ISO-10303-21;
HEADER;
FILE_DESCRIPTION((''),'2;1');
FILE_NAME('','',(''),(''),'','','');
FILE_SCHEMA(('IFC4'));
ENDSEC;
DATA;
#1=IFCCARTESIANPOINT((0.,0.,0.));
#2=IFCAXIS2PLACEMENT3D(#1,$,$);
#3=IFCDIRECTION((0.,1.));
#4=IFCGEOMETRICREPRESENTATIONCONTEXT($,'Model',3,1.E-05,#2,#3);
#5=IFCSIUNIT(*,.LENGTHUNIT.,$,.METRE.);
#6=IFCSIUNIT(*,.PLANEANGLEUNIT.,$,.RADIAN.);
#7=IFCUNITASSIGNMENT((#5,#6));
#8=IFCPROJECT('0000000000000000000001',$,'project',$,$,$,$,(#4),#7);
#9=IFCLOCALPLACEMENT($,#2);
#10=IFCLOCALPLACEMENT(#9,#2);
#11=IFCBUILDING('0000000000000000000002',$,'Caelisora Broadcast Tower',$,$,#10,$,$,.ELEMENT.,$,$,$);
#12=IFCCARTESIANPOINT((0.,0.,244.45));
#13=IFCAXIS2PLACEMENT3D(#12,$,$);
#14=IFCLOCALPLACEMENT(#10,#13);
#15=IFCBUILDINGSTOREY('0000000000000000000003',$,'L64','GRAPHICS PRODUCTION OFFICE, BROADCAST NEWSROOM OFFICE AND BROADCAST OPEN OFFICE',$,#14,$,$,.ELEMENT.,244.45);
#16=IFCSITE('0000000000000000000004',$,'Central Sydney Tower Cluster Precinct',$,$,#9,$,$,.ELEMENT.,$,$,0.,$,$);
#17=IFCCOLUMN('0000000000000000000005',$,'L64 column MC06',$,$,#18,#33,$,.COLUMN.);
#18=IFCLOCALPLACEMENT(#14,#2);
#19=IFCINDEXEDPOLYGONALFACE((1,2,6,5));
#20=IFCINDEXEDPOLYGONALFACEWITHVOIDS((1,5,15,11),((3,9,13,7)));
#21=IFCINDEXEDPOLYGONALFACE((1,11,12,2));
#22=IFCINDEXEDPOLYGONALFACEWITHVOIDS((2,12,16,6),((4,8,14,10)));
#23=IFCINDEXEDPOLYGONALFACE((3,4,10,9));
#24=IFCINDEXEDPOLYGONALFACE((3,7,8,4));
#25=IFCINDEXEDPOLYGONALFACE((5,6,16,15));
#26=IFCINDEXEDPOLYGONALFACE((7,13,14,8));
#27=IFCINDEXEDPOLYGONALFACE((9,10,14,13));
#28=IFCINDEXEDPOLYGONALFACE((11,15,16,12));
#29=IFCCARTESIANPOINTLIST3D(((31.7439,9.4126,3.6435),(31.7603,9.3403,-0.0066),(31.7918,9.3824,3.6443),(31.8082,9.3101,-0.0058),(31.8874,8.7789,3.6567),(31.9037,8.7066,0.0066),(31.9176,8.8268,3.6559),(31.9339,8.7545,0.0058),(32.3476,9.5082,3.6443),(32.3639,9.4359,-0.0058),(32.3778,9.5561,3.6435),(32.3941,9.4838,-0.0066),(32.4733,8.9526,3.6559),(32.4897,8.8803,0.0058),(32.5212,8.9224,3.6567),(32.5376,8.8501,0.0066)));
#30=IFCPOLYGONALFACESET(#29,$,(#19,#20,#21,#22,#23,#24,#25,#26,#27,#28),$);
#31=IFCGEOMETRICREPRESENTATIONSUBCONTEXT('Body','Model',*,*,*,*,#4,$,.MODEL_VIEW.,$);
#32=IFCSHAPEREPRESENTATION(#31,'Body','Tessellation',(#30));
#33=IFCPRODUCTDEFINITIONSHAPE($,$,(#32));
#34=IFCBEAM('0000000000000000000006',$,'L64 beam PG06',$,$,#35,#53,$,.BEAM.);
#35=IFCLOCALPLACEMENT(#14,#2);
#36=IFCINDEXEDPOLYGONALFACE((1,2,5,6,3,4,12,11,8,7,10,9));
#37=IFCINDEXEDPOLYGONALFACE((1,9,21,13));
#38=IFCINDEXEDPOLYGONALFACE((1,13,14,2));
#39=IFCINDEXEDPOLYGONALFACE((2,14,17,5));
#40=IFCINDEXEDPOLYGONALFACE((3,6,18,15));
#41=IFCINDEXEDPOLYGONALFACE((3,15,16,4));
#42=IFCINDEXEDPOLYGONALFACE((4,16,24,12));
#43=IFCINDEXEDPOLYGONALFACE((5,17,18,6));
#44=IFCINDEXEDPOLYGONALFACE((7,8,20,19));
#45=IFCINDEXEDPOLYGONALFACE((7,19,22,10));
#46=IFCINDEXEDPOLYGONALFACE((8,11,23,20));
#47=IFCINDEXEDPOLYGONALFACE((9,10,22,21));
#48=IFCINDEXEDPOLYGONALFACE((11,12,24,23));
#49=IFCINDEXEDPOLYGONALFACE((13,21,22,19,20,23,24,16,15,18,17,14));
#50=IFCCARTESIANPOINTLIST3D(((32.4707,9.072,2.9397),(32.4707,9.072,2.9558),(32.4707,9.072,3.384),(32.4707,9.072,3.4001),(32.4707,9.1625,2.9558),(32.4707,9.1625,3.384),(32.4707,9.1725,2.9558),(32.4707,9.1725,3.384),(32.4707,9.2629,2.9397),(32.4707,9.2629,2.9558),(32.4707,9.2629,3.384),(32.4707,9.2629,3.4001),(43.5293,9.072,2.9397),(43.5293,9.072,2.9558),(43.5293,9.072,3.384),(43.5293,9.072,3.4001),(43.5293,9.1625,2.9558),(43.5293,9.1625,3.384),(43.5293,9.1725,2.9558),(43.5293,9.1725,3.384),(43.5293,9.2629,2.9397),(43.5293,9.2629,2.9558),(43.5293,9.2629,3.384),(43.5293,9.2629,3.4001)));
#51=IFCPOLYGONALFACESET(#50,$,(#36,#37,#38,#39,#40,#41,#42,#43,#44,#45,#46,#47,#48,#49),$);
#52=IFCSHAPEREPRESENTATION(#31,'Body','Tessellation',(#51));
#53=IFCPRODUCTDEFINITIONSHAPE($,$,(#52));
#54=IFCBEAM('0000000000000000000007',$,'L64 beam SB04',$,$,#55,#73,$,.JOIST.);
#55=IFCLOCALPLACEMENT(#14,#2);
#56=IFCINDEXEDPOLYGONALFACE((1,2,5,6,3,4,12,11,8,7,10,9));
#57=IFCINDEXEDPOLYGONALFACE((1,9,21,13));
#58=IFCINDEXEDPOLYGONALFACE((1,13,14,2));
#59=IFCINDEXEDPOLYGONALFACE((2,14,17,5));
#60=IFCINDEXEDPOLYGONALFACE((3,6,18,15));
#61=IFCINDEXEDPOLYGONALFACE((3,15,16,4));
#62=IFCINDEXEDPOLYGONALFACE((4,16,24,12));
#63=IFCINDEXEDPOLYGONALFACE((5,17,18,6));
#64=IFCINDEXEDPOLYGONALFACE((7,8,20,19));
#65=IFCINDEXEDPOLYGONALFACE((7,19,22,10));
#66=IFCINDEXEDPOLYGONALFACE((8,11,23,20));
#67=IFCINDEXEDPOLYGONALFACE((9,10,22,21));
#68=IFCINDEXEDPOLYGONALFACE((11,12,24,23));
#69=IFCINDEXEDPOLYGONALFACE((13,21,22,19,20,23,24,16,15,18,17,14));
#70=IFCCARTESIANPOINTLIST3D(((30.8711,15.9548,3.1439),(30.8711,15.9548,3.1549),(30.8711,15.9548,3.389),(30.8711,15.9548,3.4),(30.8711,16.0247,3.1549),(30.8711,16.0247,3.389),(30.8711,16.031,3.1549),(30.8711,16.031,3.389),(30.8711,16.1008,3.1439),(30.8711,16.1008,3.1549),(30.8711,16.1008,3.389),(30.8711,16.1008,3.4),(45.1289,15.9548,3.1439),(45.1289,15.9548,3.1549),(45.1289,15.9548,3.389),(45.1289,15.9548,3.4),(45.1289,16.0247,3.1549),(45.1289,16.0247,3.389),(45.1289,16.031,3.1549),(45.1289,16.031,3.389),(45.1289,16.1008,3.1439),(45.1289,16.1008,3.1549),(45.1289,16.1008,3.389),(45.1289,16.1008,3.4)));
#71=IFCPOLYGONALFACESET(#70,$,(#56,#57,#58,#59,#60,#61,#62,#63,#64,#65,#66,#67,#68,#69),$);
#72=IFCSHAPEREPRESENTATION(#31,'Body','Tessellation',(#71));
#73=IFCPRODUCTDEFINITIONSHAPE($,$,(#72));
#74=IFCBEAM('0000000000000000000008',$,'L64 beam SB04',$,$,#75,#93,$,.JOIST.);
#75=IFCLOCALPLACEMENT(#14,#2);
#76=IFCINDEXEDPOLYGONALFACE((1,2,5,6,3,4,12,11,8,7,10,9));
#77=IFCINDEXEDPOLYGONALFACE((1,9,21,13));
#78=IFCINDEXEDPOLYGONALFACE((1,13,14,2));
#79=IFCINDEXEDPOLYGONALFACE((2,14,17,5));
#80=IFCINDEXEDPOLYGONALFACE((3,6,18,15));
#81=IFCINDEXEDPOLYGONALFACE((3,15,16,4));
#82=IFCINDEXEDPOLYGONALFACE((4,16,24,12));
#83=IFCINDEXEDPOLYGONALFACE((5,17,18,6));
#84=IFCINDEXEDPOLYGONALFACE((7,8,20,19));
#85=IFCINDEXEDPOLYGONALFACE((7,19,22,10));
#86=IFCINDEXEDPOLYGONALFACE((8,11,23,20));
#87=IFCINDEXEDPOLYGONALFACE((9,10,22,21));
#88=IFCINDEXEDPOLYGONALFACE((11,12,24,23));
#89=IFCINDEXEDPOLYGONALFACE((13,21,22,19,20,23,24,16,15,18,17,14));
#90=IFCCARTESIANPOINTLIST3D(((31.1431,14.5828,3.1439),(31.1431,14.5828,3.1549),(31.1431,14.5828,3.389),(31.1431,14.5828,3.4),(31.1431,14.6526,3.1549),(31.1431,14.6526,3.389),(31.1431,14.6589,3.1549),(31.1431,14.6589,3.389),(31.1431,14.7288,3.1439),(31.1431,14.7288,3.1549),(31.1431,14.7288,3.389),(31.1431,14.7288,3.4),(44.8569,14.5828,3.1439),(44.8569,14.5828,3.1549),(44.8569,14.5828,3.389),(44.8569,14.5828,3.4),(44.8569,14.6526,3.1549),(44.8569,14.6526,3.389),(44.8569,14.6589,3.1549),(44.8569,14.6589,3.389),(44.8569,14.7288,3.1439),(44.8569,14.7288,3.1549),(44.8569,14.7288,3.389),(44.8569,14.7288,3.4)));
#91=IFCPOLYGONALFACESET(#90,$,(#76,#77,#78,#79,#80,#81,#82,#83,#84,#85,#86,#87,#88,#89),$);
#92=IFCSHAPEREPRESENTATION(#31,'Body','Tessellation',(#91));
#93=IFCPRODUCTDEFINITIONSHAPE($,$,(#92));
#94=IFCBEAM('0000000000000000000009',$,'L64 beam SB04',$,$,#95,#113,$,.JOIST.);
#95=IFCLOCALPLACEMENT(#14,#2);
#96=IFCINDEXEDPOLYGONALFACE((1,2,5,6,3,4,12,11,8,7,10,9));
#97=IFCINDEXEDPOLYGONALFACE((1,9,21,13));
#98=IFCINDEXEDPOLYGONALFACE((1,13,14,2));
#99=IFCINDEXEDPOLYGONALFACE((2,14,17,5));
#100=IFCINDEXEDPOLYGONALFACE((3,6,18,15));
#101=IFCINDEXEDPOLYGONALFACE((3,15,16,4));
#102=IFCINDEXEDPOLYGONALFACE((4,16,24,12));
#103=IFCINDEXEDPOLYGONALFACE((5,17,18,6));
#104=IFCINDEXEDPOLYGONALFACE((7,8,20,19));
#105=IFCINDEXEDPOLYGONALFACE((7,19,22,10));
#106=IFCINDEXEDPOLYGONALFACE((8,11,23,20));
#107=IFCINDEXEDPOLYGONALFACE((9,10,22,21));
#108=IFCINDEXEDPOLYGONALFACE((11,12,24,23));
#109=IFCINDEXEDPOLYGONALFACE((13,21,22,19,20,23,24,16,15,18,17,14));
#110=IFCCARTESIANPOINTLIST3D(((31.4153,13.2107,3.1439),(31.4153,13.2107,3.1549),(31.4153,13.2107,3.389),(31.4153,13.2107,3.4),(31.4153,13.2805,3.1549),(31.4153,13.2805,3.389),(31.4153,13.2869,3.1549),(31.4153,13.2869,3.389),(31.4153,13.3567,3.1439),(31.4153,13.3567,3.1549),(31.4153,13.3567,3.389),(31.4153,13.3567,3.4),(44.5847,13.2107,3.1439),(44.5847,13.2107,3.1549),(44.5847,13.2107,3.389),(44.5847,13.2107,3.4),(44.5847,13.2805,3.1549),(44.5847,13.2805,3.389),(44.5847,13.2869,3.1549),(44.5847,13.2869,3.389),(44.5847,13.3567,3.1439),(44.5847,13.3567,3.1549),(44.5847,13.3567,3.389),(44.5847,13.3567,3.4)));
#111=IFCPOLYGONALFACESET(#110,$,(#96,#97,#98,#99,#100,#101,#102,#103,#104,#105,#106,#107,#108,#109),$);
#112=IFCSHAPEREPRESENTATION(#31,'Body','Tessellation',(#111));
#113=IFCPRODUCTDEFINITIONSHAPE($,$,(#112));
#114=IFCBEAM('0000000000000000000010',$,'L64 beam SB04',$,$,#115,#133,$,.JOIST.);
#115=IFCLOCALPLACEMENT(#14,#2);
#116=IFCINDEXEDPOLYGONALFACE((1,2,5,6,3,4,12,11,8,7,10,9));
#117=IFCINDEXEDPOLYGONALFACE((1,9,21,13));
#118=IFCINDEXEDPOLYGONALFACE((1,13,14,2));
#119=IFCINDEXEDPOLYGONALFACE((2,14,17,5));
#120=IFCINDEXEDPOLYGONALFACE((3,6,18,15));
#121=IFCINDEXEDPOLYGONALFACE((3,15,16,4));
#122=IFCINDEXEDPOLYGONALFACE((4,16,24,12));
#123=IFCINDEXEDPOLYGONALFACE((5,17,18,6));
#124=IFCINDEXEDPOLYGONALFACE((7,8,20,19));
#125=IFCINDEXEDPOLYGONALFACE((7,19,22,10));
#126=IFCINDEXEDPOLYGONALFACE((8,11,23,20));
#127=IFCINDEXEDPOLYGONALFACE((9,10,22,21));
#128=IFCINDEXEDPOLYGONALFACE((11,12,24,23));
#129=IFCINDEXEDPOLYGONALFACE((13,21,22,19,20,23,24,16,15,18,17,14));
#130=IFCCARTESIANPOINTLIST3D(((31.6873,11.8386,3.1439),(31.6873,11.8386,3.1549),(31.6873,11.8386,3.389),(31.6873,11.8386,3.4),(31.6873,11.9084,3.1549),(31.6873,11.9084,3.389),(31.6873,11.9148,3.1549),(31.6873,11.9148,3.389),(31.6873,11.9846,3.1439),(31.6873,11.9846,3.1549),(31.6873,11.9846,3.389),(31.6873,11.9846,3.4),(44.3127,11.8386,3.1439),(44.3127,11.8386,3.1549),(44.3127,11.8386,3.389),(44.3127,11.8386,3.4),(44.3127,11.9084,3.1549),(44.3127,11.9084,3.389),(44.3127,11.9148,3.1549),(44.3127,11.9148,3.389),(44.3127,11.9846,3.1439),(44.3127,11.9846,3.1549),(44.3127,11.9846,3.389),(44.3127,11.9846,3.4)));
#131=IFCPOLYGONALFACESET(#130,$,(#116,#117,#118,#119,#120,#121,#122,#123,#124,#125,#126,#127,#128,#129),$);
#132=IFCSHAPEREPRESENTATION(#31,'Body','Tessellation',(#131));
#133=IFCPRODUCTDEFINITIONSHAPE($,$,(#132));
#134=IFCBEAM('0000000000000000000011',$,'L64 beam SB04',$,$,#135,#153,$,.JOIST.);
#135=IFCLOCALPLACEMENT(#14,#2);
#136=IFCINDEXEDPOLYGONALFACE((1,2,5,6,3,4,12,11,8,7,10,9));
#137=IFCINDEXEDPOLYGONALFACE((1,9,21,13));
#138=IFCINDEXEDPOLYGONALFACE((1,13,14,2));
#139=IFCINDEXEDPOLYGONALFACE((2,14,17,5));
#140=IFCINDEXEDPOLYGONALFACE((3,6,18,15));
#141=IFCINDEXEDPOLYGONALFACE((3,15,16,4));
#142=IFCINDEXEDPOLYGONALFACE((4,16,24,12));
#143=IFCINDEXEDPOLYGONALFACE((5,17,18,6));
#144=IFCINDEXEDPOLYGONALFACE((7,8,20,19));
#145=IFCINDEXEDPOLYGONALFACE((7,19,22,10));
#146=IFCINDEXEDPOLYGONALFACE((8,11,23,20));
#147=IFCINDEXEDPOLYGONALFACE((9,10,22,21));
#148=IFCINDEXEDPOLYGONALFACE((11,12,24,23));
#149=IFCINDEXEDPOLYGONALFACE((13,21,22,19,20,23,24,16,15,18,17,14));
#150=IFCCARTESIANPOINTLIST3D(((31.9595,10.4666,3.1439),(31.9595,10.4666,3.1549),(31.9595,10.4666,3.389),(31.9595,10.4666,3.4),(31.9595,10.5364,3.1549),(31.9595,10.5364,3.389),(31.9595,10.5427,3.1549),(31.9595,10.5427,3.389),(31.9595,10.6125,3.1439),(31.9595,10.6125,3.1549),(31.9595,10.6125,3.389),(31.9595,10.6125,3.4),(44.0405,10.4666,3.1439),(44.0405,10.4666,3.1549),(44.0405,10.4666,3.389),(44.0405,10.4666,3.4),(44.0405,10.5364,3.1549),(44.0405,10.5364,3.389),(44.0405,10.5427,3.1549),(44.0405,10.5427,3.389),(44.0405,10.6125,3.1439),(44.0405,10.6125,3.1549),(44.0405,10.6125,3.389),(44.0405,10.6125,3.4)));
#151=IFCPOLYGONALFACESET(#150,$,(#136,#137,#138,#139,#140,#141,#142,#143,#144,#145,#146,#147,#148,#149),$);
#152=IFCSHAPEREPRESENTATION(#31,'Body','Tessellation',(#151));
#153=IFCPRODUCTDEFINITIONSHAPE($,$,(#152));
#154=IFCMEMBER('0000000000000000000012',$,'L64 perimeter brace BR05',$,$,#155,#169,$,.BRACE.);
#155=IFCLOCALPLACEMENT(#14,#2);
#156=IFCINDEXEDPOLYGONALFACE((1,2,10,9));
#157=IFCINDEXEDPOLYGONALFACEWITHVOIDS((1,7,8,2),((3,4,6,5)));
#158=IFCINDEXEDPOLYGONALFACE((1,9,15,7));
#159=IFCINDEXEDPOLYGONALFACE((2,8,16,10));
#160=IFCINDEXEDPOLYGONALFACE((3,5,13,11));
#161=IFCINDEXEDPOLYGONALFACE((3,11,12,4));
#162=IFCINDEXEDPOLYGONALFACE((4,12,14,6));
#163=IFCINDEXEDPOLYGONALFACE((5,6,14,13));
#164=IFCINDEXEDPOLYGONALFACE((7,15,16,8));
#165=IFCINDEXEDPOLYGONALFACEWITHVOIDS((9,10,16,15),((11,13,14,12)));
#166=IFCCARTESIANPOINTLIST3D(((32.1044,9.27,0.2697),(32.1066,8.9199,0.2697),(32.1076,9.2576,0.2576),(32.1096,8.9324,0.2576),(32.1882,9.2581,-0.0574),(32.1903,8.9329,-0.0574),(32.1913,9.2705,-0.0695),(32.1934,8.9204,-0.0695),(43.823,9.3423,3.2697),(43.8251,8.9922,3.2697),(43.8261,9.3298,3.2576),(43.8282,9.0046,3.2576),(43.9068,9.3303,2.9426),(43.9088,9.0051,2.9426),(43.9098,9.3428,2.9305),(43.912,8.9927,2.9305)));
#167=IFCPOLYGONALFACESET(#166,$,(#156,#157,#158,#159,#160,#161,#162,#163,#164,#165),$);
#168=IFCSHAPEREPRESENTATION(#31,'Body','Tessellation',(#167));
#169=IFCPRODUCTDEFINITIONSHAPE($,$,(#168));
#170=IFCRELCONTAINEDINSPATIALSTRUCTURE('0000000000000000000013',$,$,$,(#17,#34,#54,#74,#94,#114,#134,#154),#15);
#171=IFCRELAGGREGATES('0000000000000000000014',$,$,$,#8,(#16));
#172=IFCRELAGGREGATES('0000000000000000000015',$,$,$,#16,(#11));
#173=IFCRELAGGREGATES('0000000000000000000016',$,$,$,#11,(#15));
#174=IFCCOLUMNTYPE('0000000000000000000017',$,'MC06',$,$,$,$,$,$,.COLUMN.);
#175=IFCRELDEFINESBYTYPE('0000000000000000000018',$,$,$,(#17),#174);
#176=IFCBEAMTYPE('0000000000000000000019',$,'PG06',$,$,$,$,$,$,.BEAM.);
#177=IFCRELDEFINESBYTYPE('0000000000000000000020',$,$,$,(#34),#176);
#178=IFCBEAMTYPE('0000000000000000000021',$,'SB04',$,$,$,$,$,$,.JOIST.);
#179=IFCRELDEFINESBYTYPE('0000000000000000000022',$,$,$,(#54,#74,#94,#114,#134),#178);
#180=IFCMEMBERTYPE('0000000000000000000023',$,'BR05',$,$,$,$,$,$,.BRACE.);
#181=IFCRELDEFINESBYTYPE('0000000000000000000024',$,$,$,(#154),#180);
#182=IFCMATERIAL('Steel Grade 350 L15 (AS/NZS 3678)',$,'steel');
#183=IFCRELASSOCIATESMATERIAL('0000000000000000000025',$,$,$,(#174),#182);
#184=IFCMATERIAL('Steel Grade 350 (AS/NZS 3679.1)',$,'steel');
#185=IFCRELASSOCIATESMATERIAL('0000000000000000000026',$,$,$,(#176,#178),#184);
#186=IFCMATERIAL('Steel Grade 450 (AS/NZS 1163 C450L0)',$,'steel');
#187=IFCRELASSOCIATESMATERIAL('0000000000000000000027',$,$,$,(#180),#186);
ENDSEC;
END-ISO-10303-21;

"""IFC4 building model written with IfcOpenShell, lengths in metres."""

from ifc_helpers import new_model, si_unit, direction, frame, origin, origin_2d, place, context, subcontext, project, spatial, hollow_rectangle, i_section, extrude, source, transform, mapped, material, material_profile, profile_set, type_object, type_shapes, element, save


model = new_model("IFC4")

# Units and contexts
model_context = context("Model", 3, precision=1e-05, world=origin(), true_north=direction((0.0, 1.0)))
body_context = subcontext(model_context, "Body", "Model", "MODEL_VIEW")
ifc_project = project(units=[si_unit("LENGTHUNIT", "METRE"), si_unit("PLANEANGLEUNIT", "RADIAN")], contexts=[model_context])

# Site, building, storey
site_placement = place(None, origin())
site = spatial("IfcSite", under=ifc_project, at=site_placement, Name="Central Sydney Tower Cluster Precinct", CompositionType="ELEMENT", RefElevation=0.0)
building_placement = place(site_placement, origin())
building = spatial("IfcBuilding", under=site, at=building_placement, Name="Caelisora Broadcast Tower", CompositionType="ELEMENT")
storey_placement = place(building_placement, frame((0.0, 0.0, 244.45)))
storey = spatial("IfcBuildingStorey", under=building, at=storey_placement, Name="L64", Description="GRAPHICS PRODUCTION OFFICE, BROADCAST NEWSROOM OFFICE AND BROADCAST OPEN OFFICE", CompositionType="ELEMENT", Elevation=244.45)

# Column
ifc_material_1 = material(Name="Steel Grade 350 L15 (AS/NZS 3678)", Category="steel")
ifc_material_profile_1 = material_profile(ifc_material_1, hollow_rectangle(XDim=0.6499, YDim=0.6499, WallThickness=0.04, at=origin_2d()), Name="Steel Grade 350 L15 (AS/NZS 3678)")
ifc_profile_set_1 = profile_set([ifc_material_profile_1], Name="Steel Grade 350 L15 (AS/NZS 3678)")
column_type = type_object("IfcColumnType", Name="MC06", PredefinedType="COLUMN", material=ifc_profile_set_1)
shared_shape_1 = source(origin(), body_context, "Body", "SweptSolid", [
    extrude(hollow_rectangle(XDim=0.6499, YDim=0.6499, WallThickness=0.04, at=origin_2d()), origin(), (0.0, 0.0, 1.0), 3.6509),
])
type_shapes(column_type, [shared_shape_1])
column_placement = place(storey_placement, frame((32.1489, 9.0952, 0.0), z_axis=(-0.00448, 0.019794, 0.999794), x_axis=(-0.975327, -0.220767, 0.0)))
element("IfcColumn", 1, at=column_placement, inside=storey, type_object=column_type, Name="L64 column MC06", PredefinedType="COLUMN", context=body_context, shape_type="MappedRepresentation", body=[
    mapped(shared_shape_1, transform((0.0, 0.0, 0.0), scale=1.0)),
])

# Beams
ifc_material_2 = material(Name="Steel Grade 350 (AS/NZS 3679.1)", Category="steel")
ifc_material_profile_2 = material_profile(ifc_material_2, i_section(OverallWidth=0.1909, OverallDepth=0.4604, WebThickness=0.01, FlangeThickness=0.0161, at=origin_2d()), Name="Steel Grade 350 (AS/NZS 3679.1)")
ifc_profile_set_2 = profile_set([ifc_material_profile_2], Name="Steel Grade 350 (AS/NZS 3679.1)")
beam_type_1 = type_object("IfcBeamType", Name="PG06", PredefinedType="BEAM", material=ifc_profile_set_2)
shared_shape_2 = source(origin(), body_context, "Body", "SweptSolid", [
    extrude(i_section(OverallWidth=0.1909, OverallDepth=0.4604, WebThickness=0.01, FlangeThickness=0.0161, at=origin_2d()), origin(), (0.0, 0.0, 1.0), 11.0586),
])
type_shapes(beam_type_1, [shared_shape_2])
beam_1_placement = place(storey_placement, frame((32.4707, 9.1675, 3.1699), z_axis=(1.0, 0.0, 0.0), x_axis=(0.0, 1.0, 0.0)))
element("IfcBeam", 2, at=beam_1_placement, inside=storey, type_object=beam_type_1, Name="L64 beam PG06", PredefinedType="BEAM", context=body_context, shape_type="MappedRepresentation", body=[
    mapped(shared_shape_2, transform((0.0, 0.0, 0.0), scale=1.0)),
])
ifc_material_profile_3 = material_profile(ifc_material_2, i_section(OverallWidth=0.146, OverallDepth=0.2561, WebThickness=0.0063, FlangeThickness=0.011, at=origin_2d()), Name="Steel Grade 350 (AS/NZS 3679.1)")
ifc_profile_set_3 = profile_set([ifc_material_profile_3], Name="Steel Grade 350 (AS/NZS 3679.1)")
beam_type_2 = type_object("IfcBeamType", Name="SB04", PredefinedType="JOIST", material=ifc_profile_set_3)
shared_shape_3 = source(origin(), body_context, "Body", "SweptSolid", [
    extrude(i_section(OverallWidth=0.146, OverallDepth=0.2561, WebThickness=0.0063, FlangeThickness=0.011, at=origin_2d()), origin(), (0.0, 0.0, 1.0), 14.2578),
])
beam_2_placement = place(storey_placement, frame((30.8711, 16.0278, 3.272), z_axis=(1.0, 0.0, 0.0), x_axis=(0.0, 1.0, 0.0)))
element("IfcBeam", 3, at=beam_2_placement, inside=storey, type_object=beam_type_2, Name="L64 beam SB04", PredefinedType="JOIST", context=body_context, shape_type="MappedRepresentation", body=[
    mapped(shared_shape_3, transform((0.0, 0.0, 0.0), scale=1.0)),
])
shared_shape_4 = source(origin(), body_context, "Body", "SweptSolid", [
    extrude(i_section(OverallWidth=0.146, OverallDepth=0.2561, WebThickness=0.0063, FlangeThickness=0.011, at=origin_2d()), origin(), (0.0, 0.0, 1.0), 13.7139),
])
beam_3_placement = place(storey_placement, frame((31.1431, 14.6558, 3.272), z_axis=(1.0, 0.0, 0.0), x_axis=(0.0, 1.0, 0.0)))
element("IfcBeam", 4, at=beam_3_placement, inside=storey, type_object=beam_type_2, Name="L64 beam SB04", PredefinedType="JOIST", context=body_context, shape_type="MappedRepresentation", body=[
    mapped(shared_shape_4, transform((0.0, 0.0, 0.0), scale=1.0)),
])
shared_shape_5 = source(origin(), body_context, "Body", "SweptSolid", [
    extrude(i_section(OverallWidth=0.146, OverallDepth=0.2561, WebThickness=0.0063, FlangeThickness=0.011, at=origin_2d()), origin(), (0.0, 0.0, 1.0), 13.1694),
])
beam_4_placement = place(storey_placement, frame((31.4153, 13.2837, 3.272), z_axis=(1.0, 0.0, 0.0), x_axis=(0.0, 1.0, 0.0)))
element("IfcBeam", 5, at=beam_4_placement, inside=storey, type_object=beam_type_2, Name="L64 beam SB04", PredefinedType="JOIST", context=body_context, shape_type="MappedRepresentation", body=[
    mapped(shared_shape_5, transform((0.0, 0.0, 0.0), scale=1.0)),
])
shared_shape_6 = source(origin(), body_context, "Body", "SweptSolid", [
    extrude(i_section(OverallWidth=0.146, OverallDepth=0.2561, WebThickness=0.0063, FlangeThickness=0.011, at=origin_2d()), origin(), (0.0, 0.0, 1.0), 12.6255),
])
beam_5_placement = place(storey_placement, frame((31.6873, 11.9116, 3.272), z_axis=(1.0, 0.0, 0.0), x_axis=(0.0, 1.0, 0.0)))
element("IfcBeam", 6, at=beam_5_placement, inside=storey, type_object=beam_type_2, Name="L64 beam SB04", PredefinedType="JOIST", context=body_context, shape_type="MappedRepresentation", body=[
    mapped(shared_shape_6, transform((0.0, 0.0, 0.0), scale=1.0)),
])
shared_shape_7 = source(origin(), body_context, "Body", "SweptSolid", [
    extrude(i_section(OverallWidth=0.146, OverallDepth=0.2561, WebThickness=0.0063, FlangeThickness=0.011, at=origin_2d()), origin(), (0.0, 0.0, 1.0), 12.0811),
])
type_shapes(beam_type_2, [shared_shape_3, shared_shape_4, shared_shape_5, shared_shape_6, shared_shape_7])
beam_6_placement = place(storey_placement, frame((31.9595, 10.5396, 3.272), z_axis=(1.0, 0.0, 0.0), x_axis=(0.0, 1.0, 0.0)))
element("IfcBeam", 7, at=beam_6_placement, inside=storey, type_object=beam_type_2, Name="L64 beam SB04", PredefinedType="JOIST", context=body_context, shape_type="MappedRepresentation", body=[
    mapped(shared_shape_7, transform((0.0, 0.0, 0.0), scale=1.0)),
])

# Member
ifc_material_3 = material(Name="Steel Grade 450 (AS/NZS 1163 C450L0)", Category="steel")
ifc_material_profile_4 = material_profile(ifc_material_3, hollow_rectangle(XDim=0.3501, YDim=0.3501, WallThickness=0.0125, at=origin_2d()), Name="Steel Grade 450 (AS/NZS 1163 C450L0)")
ifc_profile_set_4 = profile_set([ifc_material_profile_4], Name="Steel Grade 450 (AS/NZS 1163 C450L0)")
member_type_1 = type_object("IfcMemberType", Name="BR05", PredefinedType="BRACE", material=ifc_profile_set_4)
shared_shape_8 = source(origin(), body_context, "Body", "SweptSolid", [
    extrude(hollow_rectangle(XDim=0.3501, YDim=0.3501, WallThickness=0.0125, at=origin_2d()), origin(), (0.0, 0.0, 1.0), 12.0967),
])
type_shapes(member_type_1, [shared_shape_8])
member_1_placement = place(storey_placement, frame((32.1489, 9.0952, 0.1001), z_axis=(0.968741, 0.005974, 0.248003), x_axis=(-0.006167, 0.999981, 0.0)))
element("IfcMember", 8, at=member_1_placement, inside=storey, type_object=member_type_1, Name="L64 perimeter brace BR05", PredefinedType="BRACE", context=body_context, shape_type="MappedRepresentation", body=[
    mapped(shared_shape_8, transform((0.0, 0.0, 0.0), scale=1.0)),
])

save(model, "model.ifc")
